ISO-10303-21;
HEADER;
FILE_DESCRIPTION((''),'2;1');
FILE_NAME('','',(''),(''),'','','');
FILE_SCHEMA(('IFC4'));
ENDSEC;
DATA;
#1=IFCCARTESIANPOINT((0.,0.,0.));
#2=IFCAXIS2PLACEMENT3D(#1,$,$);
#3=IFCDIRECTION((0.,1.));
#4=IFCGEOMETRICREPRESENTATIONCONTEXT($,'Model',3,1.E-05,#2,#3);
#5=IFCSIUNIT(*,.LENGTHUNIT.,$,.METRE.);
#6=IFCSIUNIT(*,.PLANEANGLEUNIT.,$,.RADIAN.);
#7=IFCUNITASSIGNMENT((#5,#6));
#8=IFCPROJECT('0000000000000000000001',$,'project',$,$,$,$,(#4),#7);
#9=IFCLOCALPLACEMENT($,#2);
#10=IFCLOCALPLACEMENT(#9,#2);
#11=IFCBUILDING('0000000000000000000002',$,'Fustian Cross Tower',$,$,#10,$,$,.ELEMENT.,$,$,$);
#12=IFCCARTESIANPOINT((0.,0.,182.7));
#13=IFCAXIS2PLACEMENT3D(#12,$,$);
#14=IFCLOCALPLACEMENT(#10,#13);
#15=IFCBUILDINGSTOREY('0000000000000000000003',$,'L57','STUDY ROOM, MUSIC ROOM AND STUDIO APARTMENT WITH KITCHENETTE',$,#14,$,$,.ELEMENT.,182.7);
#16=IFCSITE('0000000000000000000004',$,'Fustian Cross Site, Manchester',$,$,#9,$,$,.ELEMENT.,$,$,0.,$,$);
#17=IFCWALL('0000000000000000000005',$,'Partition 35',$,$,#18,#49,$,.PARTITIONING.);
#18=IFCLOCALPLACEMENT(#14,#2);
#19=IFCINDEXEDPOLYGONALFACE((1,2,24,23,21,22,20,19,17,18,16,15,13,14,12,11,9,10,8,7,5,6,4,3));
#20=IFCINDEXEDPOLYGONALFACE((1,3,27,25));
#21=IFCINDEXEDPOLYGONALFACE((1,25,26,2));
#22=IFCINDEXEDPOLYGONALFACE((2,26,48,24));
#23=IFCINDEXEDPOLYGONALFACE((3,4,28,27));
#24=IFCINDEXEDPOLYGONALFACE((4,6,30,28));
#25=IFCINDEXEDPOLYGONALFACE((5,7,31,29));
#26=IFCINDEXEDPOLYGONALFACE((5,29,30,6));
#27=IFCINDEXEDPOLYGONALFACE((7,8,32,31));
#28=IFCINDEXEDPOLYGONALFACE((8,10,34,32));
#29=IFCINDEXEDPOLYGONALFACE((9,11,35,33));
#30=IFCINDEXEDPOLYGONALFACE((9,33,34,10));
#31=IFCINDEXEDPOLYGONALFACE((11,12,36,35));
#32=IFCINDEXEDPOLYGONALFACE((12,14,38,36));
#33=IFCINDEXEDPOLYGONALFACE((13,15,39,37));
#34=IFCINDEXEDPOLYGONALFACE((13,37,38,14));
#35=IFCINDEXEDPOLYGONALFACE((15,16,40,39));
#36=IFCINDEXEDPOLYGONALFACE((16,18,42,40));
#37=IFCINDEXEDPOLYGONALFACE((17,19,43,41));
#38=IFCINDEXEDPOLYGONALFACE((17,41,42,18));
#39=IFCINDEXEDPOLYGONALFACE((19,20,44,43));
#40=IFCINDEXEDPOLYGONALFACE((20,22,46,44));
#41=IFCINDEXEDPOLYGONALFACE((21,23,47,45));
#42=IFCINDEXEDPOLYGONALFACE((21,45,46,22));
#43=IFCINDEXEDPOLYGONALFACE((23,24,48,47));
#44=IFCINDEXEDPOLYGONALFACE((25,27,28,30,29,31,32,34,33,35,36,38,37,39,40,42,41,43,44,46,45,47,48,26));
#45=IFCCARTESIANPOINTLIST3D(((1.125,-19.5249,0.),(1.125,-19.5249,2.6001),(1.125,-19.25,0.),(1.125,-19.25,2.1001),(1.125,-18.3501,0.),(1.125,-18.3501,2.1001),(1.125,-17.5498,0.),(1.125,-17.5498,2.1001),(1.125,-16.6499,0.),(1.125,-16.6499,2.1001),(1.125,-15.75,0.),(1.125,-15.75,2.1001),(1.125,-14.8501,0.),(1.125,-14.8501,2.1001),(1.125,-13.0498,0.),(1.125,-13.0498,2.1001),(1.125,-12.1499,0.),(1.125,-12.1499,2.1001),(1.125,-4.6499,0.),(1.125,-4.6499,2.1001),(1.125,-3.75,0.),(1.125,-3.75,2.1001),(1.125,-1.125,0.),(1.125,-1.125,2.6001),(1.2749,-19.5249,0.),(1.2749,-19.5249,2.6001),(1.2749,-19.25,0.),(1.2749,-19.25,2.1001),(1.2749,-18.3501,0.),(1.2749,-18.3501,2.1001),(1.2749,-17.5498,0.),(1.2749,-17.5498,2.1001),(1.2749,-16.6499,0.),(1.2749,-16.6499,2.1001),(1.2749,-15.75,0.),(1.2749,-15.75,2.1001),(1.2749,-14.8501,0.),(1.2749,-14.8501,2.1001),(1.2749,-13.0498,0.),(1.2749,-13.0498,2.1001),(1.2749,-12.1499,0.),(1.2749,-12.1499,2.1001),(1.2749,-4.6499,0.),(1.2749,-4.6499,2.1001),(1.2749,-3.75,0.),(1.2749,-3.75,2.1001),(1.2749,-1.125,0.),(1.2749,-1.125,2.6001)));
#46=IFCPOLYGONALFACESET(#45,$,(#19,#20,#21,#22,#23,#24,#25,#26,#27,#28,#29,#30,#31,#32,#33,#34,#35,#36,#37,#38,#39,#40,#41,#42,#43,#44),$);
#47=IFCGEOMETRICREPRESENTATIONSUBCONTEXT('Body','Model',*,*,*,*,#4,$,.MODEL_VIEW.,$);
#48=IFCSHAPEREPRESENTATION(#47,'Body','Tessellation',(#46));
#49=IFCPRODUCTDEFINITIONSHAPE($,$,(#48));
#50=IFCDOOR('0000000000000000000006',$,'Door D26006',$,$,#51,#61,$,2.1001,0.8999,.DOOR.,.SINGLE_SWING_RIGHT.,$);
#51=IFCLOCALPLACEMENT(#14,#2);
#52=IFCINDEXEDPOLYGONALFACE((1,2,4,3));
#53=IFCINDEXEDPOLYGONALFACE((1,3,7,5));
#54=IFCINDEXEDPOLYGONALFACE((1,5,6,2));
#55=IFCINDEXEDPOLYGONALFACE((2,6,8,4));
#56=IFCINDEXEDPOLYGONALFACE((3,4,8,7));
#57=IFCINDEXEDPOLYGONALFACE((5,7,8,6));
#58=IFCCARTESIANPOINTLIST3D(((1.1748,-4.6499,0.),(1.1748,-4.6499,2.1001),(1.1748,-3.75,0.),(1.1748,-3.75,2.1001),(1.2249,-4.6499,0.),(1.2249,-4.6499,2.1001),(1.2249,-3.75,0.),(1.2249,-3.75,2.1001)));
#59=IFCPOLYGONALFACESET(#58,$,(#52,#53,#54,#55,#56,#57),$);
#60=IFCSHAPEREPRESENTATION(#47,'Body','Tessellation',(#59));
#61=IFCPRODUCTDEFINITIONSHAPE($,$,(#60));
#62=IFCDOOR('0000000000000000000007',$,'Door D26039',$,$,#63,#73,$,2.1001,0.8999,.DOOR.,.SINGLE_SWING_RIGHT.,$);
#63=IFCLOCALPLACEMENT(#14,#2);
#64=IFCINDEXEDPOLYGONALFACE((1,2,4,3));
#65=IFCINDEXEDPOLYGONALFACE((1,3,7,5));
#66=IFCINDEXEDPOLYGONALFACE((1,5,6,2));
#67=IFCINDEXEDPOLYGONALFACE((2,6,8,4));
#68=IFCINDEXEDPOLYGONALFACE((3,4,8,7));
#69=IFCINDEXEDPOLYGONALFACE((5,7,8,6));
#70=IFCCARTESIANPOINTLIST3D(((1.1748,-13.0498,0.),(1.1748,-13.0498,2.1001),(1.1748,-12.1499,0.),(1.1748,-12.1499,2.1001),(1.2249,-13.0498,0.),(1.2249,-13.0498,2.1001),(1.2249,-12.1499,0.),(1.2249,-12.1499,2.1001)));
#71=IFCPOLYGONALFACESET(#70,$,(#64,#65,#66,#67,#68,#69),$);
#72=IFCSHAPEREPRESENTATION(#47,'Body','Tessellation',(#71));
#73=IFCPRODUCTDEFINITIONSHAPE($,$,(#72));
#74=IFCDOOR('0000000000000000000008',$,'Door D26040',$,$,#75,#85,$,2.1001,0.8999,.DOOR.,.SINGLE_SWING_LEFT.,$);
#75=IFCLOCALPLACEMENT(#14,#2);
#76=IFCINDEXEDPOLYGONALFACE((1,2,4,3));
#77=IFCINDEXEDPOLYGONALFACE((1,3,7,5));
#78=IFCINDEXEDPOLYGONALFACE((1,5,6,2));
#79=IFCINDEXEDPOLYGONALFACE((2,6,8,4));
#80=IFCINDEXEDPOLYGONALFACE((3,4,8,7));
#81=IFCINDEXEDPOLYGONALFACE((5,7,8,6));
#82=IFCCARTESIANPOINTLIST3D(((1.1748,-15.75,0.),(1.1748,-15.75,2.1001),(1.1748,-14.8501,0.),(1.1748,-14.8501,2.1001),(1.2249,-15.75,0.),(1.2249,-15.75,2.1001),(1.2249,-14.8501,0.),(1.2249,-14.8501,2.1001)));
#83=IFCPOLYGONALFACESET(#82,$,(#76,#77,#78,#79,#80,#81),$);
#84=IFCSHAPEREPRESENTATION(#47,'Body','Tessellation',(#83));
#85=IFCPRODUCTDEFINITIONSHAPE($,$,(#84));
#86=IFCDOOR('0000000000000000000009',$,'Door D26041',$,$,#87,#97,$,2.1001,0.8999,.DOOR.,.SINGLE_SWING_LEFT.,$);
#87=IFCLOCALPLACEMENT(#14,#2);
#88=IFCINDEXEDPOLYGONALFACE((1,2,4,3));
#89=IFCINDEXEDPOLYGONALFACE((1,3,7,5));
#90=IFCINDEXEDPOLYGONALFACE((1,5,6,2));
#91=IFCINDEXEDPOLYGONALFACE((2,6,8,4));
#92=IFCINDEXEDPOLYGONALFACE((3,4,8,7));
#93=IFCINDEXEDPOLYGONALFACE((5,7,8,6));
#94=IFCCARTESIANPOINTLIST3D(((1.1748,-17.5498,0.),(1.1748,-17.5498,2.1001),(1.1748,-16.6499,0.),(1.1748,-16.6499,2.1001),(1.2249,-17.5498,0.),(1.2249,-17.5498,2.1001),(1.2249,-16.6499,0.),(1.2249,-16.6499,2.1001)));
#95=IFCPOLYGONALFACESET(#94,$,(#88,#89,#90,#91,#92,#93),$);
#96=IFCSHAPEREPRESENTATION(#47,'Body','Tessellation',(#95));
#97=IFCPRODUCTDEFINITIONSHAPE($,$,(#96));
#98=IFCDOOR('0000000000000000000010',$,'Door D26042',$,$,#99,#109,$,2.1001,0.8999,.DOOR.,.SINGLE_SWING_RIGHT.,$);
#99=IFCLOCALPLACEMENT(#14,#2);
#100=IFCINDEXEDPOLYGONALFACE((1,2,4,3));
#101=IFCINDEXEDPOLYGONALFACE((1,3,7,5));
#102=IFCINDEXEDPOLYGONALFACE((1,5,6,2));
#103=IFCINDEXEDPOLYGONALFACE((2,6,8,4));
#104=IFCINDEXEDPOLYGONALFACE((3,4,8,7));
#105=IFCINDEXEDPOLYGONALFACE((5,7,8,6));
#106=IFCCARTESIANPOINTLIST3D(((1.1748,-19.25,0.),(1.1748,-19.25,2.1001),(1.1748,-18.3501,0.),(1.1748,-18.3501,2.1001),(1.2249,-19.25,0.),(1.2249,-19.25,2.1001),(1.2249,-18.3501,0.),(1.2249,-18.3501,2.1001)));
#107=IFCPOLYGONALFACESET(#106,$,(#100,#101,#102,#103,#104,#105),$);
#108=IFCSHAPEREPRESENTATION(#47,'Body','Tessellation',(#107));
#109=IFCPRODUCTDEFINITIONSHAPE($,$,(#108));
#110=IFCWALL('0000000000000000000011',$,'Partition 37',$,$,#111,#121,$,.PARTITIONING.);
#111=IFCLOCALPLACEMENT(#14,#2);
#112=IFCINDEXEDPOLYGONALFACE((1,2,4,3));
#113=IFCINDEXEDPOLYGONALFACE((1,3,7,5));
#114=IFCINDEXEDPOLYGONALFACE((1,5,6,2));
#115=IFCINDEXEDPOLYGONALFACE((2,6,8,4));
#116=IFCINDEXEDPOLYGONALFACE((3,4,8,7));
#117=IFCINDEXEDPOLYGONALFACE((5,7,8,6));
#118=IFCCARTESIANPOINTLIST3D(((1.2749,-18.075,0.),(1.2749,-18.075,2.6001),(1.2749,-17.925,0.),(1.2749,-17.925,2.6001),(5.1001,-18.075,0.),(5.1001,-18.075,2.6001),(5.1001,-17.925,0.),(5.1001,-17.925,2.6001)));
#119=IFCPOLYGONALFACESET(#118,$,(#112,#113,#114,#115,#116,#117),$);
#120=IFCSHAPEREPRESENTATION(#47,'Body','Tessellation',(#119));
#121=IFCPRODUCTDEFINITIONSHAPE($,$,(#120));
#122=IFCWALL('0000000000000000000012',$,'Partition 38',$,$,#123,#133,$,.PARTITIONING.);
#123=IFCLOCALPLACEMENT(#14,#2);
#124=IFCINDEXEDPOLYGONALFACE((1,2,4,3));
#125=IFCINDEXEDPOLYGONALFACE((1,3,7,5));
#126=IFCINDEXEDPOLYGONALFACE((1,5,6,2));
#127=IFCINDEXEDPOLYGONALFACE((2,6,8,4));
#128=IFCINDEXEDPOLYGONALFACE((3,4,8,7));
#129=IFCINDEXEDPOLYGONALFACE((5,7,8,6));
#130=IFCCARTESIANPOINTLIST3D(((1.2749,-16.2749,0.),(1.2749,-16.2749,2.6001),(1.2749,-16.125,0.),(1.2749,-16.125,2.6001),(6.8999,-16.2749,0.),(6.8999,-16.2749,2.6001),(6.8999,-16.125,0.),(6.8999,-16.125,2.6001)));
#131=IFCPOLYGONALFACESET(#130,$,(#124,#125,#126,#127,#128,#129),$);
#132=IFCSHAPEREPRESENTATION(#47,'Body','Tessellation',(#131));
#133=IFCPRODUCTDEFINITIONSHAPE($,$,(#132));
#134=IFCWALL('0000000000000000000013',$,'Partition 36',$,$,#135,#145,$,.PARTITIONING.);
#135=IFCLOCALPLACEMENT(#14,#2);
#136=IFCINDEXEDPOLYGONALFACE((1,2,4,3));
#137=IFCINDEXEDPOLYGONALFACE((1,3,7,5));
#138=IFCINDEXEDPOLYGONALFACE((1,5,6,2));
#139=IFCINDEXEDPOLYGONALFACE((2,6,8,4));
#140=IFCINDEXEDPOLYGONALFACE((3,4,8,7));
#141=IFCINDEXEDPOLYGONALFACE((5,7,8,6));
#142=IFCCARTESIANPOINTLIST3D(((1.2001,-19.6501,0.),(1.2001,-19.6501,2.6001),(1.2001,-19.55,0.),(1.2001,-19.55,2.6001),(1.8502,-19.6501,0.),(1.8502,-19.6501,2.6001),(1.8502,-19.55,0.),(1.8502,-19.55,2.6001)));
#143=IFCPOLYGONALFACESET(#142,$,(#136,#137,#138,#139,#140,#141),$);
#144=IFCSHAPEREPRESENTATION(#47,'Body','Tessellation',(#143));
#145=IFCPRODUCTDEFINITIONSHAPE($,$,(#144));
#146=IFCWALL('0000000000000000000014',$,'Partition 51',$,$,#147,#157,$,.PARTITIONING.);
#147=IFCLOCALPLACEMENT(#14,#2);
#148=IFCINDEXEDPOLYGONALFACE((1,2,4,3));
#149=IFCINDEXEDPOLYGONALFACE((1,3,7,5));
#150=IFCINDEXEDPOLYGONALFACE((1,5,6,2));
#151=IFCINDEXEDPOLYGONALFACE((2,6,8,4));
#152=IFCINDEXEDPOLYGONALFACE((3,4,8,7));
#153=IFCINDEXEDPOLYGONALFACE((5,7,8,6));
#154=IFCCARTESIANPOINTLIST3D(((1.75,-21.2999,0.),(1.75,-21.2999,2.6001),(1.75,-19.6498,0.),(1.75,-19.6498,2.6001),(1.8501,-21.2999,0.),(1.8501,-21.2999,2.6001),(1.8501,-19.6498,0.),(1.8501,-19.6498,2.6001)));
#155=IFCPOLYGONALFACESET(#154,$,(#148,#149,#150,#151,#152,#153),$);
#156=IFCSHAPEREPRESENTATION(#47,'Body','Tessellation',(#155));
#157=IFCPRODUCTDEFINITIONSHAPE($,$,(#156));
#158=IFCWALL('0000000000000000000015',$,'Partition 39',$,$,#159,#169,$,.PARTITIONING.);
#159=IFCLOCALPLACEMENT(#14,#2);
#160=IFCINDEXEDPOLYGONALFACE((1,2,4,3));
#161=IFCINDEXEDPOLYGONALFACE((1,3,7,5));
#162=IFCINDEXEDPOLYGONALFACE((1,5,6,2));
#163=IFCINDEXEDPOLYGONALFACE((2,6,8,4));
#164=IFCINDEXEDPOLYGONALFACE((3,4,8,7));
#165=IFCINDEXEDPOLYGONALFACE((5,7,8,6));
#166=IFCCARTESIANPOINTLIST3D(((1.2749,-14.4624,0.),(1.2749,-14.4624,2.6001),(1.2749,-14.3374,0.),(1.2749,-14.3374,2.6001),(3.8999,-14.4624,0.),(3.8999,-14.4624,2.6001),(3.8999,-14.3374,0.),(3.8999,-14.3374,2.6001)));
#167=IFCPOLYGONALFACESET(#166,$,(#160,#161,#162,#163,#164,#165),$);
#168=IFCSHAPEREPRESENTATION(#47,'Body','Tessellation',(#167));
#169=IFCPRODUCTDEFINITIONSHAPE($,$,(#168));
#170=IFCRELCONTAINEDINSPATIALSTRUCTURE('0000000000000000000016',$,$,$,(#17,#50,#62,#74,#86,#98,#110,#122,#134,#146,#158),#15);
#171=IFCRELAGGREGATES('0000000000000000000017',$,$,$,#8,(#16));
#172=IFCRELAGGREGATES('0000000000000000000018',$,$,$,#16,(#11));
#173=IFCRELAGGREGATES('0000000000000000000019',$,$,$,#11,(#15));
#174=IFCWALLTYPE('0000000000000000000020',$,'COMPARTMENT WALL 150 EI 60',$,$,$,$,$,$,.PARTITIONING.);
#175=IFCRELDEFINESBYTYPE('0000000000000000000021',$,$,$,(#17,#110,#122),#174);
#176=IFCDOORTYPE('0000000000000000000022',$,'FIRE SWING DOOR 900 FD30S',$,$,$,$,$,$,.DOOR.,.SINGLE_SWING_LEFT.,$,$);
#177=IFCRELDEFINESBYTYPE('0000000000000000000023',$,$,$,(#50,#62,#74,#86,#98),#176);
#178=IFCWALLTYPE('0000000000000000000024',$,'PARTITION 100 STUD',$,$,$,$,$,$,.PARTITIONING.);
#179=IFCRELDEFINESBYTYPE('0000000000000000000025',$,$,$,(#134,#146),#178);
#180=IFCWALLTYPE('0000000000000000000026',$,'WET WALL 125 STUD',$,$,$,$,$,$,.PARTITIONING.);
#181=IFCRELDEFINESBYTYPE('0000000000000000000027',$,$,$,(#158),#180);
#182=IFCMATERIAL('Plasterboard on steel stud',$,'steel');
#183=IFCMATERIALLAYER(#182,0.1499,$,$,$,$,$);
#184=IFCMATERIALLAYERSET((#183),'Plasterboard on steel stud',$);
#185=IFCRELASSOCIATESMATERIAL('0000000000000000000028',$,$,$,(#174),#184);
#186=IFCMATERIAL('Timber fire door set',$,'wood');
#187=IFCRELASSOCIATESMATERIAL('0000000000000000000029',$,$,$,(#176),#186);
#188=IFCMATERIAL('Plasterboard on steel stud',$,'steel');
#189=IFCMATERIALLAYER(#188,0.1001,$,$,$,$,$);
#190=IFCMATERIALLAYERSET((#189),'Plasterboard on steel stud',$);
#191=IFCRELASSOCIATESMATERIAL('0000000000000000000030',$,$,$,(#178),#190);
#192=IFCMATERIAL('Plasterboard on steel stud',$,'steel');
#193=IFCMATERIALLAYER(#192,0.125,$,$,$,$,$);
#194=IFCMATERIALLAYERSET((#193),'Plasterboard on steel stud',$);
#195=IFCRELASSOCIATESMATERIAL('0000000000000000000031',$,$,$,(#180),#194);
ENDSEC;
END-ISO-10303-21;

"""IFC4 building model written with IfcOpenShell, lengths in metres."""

from ifc_helpers import new_model, si_unit, direction, frame, frame_2d, origin, place, context, subcontext, project, spatial, rectangle, extrude, material, layer, layer_set, type_object, element, fill, save


model = new_model("IFC4")

# Units and contexts
model_context = context("Model", 3, precision=1e-05, world=origin(), true_north=direction((0.0, 1.0)))
body_context = subcontext(model_context, "Body", "Model", "MODEL_VIEW")
ifc_project = project(units=[si_unit("LENGTHUNIT", "METRE"), si_unit("PLANEANGLEUNIT", "RADIAN")], contexts=[model_context])

# Site, building, storey
site_placement = place(None, origin())
site = spatial("IfcSite", under=ifc_project, at=site_placement, Name="Fustian Cross Site, Manchester", CompositionType="ELEMENT", RefElevation=0.0)
building_placement = place(site_placement, origin())
building = spatial("IfcBuilding", under=site, at=building_placement, Name="Fustian Cross Tower", CompositionType="ELEMENT")
storey_placement = place(building_placement, frame((0.0, 0.0, 182.7)))
storey = spatial("IfcBuildingStorey", under=building, at=storey_placement, Name="L57", Description="STUDY ROOM, MUSIC ROOM AND STUDIO APARTMENT WITH KITCHENETTE", CompositionType="ELEMENT", Elevation=182.7)

# Shared definitions
ifc_material_1 = material(Name="Plasterboard on steel stud", Category="steel")
ifc_layer_1 = layer(ifc_material_1, 0.1499)
ifc_layer_set_1 = layer_set([ifc_layer_1], Name="Plasterboard on steel stud")
wall_type_1 = type_object("IfcWallType", Name="COMPARTMENT WALL 150 EI 60", PredefinedType="PARTITIONING", material=ifc_layer_set_1)
ifc_material_2 = material(Name="Timber fire door set", Category="wood")
door_type_1 = type_object("IfcDoorType", Name="FIRE SWING DOOR 900 FD30S", OperationType="SINGLE_SWING_LEFT", PredefinedType="DOOR", material=ifc_material_2)

# Wall, openings, doors
wall_1_placement = place(storey_placement, frame((1.2, -19.5249, 0.0), z_axis=(0.0, 0.0, 1.0), x_axis=(0.0, 1.0, 0.0)))
wall_1 = element("IfcWall", 1, at=wall_1_placement, inside=storey, type_object=wall_type_1, Name="Partition 35", PredefinedType="PARTITIONING", context=body_context, shape_type="SweptSolid", body=[
    extrude(rectangle(XDim=18.3999, YDim=0.1499, at=frame_2d((9.2, 0.0))), origin(), (0.0, 0.0, 1.0), 2.6001),
])
opening_1_placement = place(wall_1_placement, frame((14.875, 0.0, 0.0)))
opening_1 = element("IfcOpeningElement", 2, at=opening_1_placement, cuts=wall_1, PredefinedType="OPENING", context=body_context, shape_type="SweptSolid", body=[
    extrude(rectangle(XDim=0.8999, YDim=2.1001, at=frame_2d((0.45, 1.05))), frame((0.0, 0.085, 0.0), z_axis=(0.0, -1.0, 0.0), x_axis=(1.0, 0.0, 0.0)), (0.0, 0.0, 1.0), 0.1699),
])
opening_2_placement = place(wall_1_placement, frame((6.4751, 0.0, 0.0)))
opening_2 = element("IfcOpeningElement", 3, at=opening_2_placement, cuts=wall_1, PredefinedType="OPENING", context=body_context, shape_type="SweptSolid", body=[
    extrude(rectangle(XDim=0.8999, YDim=2.1001, at=frame_2d((0.45, 1.05))), frame((0.0, 0.085, 0.0), z_axis=(0.0, -1.0, 0.0), x_axis=(1.0, 0.0, 0.0)), (0.0, 0.0, 1.0), 0.1699),
])
opening_3_placement = place(wall_1_placement, frame((3.7749, 0.0, 0.0)))
opening_3 = element("IfcOpeningElement", 4, at=opening_3_placement, cuts=wall_1, PredefinedType="OPENING", context=body_context, shape_type="SweptSolid", body=[
    extrude(rectangle(XDim=0.8999, YDim=2.1001, at=frame_2d((0.45, 1.05))), frame((0.0, 0.085, 0.0), z_axis=(0.0, -1.0, 0.0), x_axis=(1.0, 0.0, 0.0)), (0.0, 0.0, 1.0), 0.1699),
])
opening_4_placement = place(wall_1_placement, frame((1.9751, 0.0, 0.0)))
opening_4 = element("IfcOpeningElement", 5, at=opening_4_placement, cuts=wall_1, PredefinedType="OPENING", context=body_context, shape_type="SweptSolid", body=[
    extrude(rectangle(XDim=0.8999, YDim=2.1001, at=frame_2d((0.45, 1.05))), frame((0.0, 0.085, 0.0), z_axis=(0.0, -1.0, 0.0), x_axis=(1.0, 0.0, 0.0)), (0.0, 0.0, 1.0), 0.1699),
])
opening_5_placement = place(wall_1_placement, frame((0.2749, 0.0, 0.0)))
opening_5 = element("IfcOpeningElement", 6, at=opening_5_placement, cuts=wall_1, PredefinedType="OPENING", context=body_context, shape_type="SweptSolid", body=[
    extrude(rectangle(XDim=0.8999, YDim=2.1001, at=frame_2d((0.45, 1.05))), frame((0.0, 0.085, 0.0), z_axis=(0.0, -1.0, 0.0), x_axis=(1.0, 0.0, 0.0)), (0.0, 0.0, 1.0), 0.1699),
])
door_1_placement = place(opening_1_placement, frame((0.8999, 0.0, 0.0), z_axis=(0.0, 0.0, 1.0), x_axis=(-1.0, 0.0, 0.0)))
door_1 = element("IfcDoor", 7, at=door_1_placement, inside=storey, type_object=door_type_1, Name="Door D26006", OperationType="SINGLE_SWING_RIGHT", OverallHeight=2.1001, OverallWidth=0.8999, PredefinedType="DOOR", context=body_context, shape_type="SweptSolid", body=[
    extrude(rectangle(XDim=0.8999, YDim=2.1001, at=frame_2d((0.45, 1.05))), frame((0.0, 0.0249, 0.0), z_axis=(0.0, -1.0, 0.0), x_axis=(1.0, 0.0, 0.0)), (0.0, 0.0, 1.0), 0.05),
])
fill(opening_1, door_1)
door_2_placement = place(opening_2_placement, frame((0.8999, 0.0, 0.0), z_axis=(0.0, 0.0, 1.0), x_axis=(-1.0, 0.0, 0.0)))
door_2 = element("IfcDoor", 8, at=door_2_placement, inside=storey, type_object=door_type_1, Name="Door D26039", OperationType="SINGLE_SWING_RIGHT", OverallHeight=2.1001, OverallWidth=0.8999, PredefinedType="DOOR", context=body_context, shape_type="SweptSolid", body=[
    extrude(rectangle(XDim=0.8999, YDim=2.1001, at=frame_2d((0.45, 1.05))), frame((0.0, 0.0249, 0.0), z_axis=(0.0, -1.0, 0.0), x_axis=(1.0, 0.0, 0.0)), (0.0, 0.0, 1.0), 0.05),
])
fill(opening_2, door_2)
door_3_placement = place(opening_3_placement, frame((0.8999, 0.0, 0.0), z_axis=(0.0, 0.0, 1.0), x_axis=(-1.0, 0.0, 0.0)))
door_3 = element("IfcDoor", 9, at=door_3_placement, inside=storey, type_object=door_type_1, Name="Door D26040", OperationType="SINGLE_SWING_LEFT", OverallHeight=2.1001, OverallWidth=0.8999, PredefinedType="DOOR", context=body_context, shape_type="SweptSolid", body=[
    extrude(rectangle(XDim=0.8999, YDim=2.1001, at=frame_2d((0.45, 1.05))), frame((0.0, 0.0249, 0.0), z_axis=(0.0, -1.0, 0.0), x_axis=(1.0, 0.0, 0.0)), (0.0, 0.0, 1.0), 0.05),
])
fill(opening_3, door_3)
door_4_placement = place(opening_4_placement, frame((0.8999, 0.0, 0.0), z_axis=(0.0, 0.0, 1.0), x_axis=(-1.0, 0.0, 0.0)))
door_4 = element("IfcDoor", 10, at=door_4_placement, inside=storey, type_object=door_type_1, Name="Door D26041", OperationType="SINGLE_SWING_LEFT", OverallHeight=2.1001, OverallWidth=0.8999, PredefinedType="DOOR", context=body_context, shape_type="SweptSolid", body=[
    extrude(rectangle(XDim=0.8999, YDim=2.1001, at=frame_2d((0.45, 1.05))), frame((0.0, 0.0249, 0.0), z_axis=(0.0, -1.0, 0.0), x_axis=(1.0, 0.0, 0.0)), (0.0, 0.0, 1.0), 0.05),
])
fill(opening_4, door_4)
door_5_placement = place(opening_5_placement, frame((0.8999, 0.0, 0.0), z_axis=(0.0, 0.0, 1.0), x_axis=(-1.0, 0.0, 0.0)))
door_5 = element("IfcDoor", 11, at=door_5_placement, inside=storey, type_object=door_type_1, Name="Door D26042", OperationType="SINGLE_SWING_RIGHT", OverallHeight=2.1001, OverallWidth=0.8999, PredefinedType="DOOR", context=body_context, shape_type="SweptSolid", body=[
    extrude(rectangle(XDim=0.8999, YDim=2.1001, at=frame_2d((0.45, 1.05))), frame((0.0, 0.0249, 0.0), z_axis=(0.0, -1.0, 0.0), x_axis=(1.0, 0.0, 0.0)), (0.0, 0.0, 1.0), 0.05),
])
fill(opening_5, door_5)

# Walls
wall_2_placement = place(storey_placement, frame((1.2749, -18.0, 0.0), z_axis=(0.0, 0.0, 1.0), x_axis=(1.0, 0.0, 0.0)))
element("IfcWall", 12, at=wall_2_placement, inside=storey, type_object=wall_type_1, Name="Partition 37", PredefinedType="PARTITIONING", context=body_context, shape_type="SweptSolid", body=[
    extrude(rectangle(XDim=3.8252, YDim=0.1499, at=frame_2d((1.9126, 0.0))), origin(), (0.0, 0.0, 1.0), 2.6001),
])
wall_3_placement = place(storey_placement, frame((1.2749, -16.2, 0.0), z_axis=(0.0, 0.0, 1.0), x_axis=(1.0, 0.0, 0.0)))
element("IfcWall", 13, at=wall_3_placement, inside=storey, type_object=wall_type_1, Name="Partition 38", PredefinedType="PARTITIONING", context=body_context, shape_type="SweptSolid", body=[
    extrude(rectangle(XDim=5.625, YDim=0.1499, at=frame_2d((2.8125, 0.0))), origin(), (0.0, 0.0, 1.0), 2.6001),
])
ifc_material_3 = material(Name="Plasterboard on steel stud", Category="steel")
ifc_layer_2 = layer(ifc_material_3, 0.1001)
ifc_layer_set_2 = layer_set([ifc_layer_2], Name="Plasterboard on steel stud")
wall_type_2 = type_object("IfcWallType", Name="PARTITION 100 STUD", PredefinedType="PARTITIONING", material=ifc_layer_set_2)
wall_4_placement = place(storey_placement, frame((1.2, -19.6001, 0.0), z_axis=(0.0, 0.0, 1.0), x_axis=(1.0, 0.0, 0.0)))
element("IfcWall", 14, at=wall_4_placement, inside=storey, type_object=wall_type_2, Name="Partition 36", PredefinedType="PARTITIONING", context=body_context, shape_type="SweptSolid", body=[
    extrude(rectangle(XDim=0.6501, YDim=0.1001, at=frame_2d((0.3252, 0.0))), origin(), (0.0, 0.0, 1.0), 2.6001),
])
wall_5_placement = place(storey_placement, frame((1.8, -21.3, 0.0), z_axis=(0.0, 0.0, 1.0), x_axis=(0.0, 1.0, 0.0)))
element("IfcWall", 15, at=wall_5_placement, inside=storey, type_object=wall_type_2, Name="Partition 51", PredefinedType="PARTITIONING", context=body_context, shape_type="SweptSolid", body=[
    extrude(rectangle(XDim=1.6501, YDim=0.1001, at=frame_2d((0.8252, 0.0))), origin(), (0.0, 0.0, 1.0), 2.6001),
])
ifc_material_4 = material(Name="Plasterboard on steel stud", Category="steel")
ifc_layer_3 = layer(ifc_material_4, 0.125)
ifc_layer_set_3 = layer_set([ifc_layer_3], Name="Plasterboard on steel stud")
wall_type_3 = type_object("IfcWallType", Name="WET WALL 125 STUD", PredefinedType="PARTITIONING", material=ifc_layer_set_3)
wall_6_placement = place(storey_placement, frame((1.2749, -14.3999, 0.0), z_axis=(0.0, 0.0, 1.0), x_axis=(1.0, 0.0, 0.0)))
element("IfcWall", 16, at=wall_6_placement, inside=storey, type_object=wall_type_3, Name="Partition 39", PredefinedType="PARTITIONING", context=body_context, shape_type="SweptSolid", body=[
    extrude(rectangle(XDim=2.625, YDim=0.125, at=frame_2d((1.3125, 0.0))), origin(), (0.0, 0.0, 1.0), 2.6001),
])

save(model, "model.ifc")
